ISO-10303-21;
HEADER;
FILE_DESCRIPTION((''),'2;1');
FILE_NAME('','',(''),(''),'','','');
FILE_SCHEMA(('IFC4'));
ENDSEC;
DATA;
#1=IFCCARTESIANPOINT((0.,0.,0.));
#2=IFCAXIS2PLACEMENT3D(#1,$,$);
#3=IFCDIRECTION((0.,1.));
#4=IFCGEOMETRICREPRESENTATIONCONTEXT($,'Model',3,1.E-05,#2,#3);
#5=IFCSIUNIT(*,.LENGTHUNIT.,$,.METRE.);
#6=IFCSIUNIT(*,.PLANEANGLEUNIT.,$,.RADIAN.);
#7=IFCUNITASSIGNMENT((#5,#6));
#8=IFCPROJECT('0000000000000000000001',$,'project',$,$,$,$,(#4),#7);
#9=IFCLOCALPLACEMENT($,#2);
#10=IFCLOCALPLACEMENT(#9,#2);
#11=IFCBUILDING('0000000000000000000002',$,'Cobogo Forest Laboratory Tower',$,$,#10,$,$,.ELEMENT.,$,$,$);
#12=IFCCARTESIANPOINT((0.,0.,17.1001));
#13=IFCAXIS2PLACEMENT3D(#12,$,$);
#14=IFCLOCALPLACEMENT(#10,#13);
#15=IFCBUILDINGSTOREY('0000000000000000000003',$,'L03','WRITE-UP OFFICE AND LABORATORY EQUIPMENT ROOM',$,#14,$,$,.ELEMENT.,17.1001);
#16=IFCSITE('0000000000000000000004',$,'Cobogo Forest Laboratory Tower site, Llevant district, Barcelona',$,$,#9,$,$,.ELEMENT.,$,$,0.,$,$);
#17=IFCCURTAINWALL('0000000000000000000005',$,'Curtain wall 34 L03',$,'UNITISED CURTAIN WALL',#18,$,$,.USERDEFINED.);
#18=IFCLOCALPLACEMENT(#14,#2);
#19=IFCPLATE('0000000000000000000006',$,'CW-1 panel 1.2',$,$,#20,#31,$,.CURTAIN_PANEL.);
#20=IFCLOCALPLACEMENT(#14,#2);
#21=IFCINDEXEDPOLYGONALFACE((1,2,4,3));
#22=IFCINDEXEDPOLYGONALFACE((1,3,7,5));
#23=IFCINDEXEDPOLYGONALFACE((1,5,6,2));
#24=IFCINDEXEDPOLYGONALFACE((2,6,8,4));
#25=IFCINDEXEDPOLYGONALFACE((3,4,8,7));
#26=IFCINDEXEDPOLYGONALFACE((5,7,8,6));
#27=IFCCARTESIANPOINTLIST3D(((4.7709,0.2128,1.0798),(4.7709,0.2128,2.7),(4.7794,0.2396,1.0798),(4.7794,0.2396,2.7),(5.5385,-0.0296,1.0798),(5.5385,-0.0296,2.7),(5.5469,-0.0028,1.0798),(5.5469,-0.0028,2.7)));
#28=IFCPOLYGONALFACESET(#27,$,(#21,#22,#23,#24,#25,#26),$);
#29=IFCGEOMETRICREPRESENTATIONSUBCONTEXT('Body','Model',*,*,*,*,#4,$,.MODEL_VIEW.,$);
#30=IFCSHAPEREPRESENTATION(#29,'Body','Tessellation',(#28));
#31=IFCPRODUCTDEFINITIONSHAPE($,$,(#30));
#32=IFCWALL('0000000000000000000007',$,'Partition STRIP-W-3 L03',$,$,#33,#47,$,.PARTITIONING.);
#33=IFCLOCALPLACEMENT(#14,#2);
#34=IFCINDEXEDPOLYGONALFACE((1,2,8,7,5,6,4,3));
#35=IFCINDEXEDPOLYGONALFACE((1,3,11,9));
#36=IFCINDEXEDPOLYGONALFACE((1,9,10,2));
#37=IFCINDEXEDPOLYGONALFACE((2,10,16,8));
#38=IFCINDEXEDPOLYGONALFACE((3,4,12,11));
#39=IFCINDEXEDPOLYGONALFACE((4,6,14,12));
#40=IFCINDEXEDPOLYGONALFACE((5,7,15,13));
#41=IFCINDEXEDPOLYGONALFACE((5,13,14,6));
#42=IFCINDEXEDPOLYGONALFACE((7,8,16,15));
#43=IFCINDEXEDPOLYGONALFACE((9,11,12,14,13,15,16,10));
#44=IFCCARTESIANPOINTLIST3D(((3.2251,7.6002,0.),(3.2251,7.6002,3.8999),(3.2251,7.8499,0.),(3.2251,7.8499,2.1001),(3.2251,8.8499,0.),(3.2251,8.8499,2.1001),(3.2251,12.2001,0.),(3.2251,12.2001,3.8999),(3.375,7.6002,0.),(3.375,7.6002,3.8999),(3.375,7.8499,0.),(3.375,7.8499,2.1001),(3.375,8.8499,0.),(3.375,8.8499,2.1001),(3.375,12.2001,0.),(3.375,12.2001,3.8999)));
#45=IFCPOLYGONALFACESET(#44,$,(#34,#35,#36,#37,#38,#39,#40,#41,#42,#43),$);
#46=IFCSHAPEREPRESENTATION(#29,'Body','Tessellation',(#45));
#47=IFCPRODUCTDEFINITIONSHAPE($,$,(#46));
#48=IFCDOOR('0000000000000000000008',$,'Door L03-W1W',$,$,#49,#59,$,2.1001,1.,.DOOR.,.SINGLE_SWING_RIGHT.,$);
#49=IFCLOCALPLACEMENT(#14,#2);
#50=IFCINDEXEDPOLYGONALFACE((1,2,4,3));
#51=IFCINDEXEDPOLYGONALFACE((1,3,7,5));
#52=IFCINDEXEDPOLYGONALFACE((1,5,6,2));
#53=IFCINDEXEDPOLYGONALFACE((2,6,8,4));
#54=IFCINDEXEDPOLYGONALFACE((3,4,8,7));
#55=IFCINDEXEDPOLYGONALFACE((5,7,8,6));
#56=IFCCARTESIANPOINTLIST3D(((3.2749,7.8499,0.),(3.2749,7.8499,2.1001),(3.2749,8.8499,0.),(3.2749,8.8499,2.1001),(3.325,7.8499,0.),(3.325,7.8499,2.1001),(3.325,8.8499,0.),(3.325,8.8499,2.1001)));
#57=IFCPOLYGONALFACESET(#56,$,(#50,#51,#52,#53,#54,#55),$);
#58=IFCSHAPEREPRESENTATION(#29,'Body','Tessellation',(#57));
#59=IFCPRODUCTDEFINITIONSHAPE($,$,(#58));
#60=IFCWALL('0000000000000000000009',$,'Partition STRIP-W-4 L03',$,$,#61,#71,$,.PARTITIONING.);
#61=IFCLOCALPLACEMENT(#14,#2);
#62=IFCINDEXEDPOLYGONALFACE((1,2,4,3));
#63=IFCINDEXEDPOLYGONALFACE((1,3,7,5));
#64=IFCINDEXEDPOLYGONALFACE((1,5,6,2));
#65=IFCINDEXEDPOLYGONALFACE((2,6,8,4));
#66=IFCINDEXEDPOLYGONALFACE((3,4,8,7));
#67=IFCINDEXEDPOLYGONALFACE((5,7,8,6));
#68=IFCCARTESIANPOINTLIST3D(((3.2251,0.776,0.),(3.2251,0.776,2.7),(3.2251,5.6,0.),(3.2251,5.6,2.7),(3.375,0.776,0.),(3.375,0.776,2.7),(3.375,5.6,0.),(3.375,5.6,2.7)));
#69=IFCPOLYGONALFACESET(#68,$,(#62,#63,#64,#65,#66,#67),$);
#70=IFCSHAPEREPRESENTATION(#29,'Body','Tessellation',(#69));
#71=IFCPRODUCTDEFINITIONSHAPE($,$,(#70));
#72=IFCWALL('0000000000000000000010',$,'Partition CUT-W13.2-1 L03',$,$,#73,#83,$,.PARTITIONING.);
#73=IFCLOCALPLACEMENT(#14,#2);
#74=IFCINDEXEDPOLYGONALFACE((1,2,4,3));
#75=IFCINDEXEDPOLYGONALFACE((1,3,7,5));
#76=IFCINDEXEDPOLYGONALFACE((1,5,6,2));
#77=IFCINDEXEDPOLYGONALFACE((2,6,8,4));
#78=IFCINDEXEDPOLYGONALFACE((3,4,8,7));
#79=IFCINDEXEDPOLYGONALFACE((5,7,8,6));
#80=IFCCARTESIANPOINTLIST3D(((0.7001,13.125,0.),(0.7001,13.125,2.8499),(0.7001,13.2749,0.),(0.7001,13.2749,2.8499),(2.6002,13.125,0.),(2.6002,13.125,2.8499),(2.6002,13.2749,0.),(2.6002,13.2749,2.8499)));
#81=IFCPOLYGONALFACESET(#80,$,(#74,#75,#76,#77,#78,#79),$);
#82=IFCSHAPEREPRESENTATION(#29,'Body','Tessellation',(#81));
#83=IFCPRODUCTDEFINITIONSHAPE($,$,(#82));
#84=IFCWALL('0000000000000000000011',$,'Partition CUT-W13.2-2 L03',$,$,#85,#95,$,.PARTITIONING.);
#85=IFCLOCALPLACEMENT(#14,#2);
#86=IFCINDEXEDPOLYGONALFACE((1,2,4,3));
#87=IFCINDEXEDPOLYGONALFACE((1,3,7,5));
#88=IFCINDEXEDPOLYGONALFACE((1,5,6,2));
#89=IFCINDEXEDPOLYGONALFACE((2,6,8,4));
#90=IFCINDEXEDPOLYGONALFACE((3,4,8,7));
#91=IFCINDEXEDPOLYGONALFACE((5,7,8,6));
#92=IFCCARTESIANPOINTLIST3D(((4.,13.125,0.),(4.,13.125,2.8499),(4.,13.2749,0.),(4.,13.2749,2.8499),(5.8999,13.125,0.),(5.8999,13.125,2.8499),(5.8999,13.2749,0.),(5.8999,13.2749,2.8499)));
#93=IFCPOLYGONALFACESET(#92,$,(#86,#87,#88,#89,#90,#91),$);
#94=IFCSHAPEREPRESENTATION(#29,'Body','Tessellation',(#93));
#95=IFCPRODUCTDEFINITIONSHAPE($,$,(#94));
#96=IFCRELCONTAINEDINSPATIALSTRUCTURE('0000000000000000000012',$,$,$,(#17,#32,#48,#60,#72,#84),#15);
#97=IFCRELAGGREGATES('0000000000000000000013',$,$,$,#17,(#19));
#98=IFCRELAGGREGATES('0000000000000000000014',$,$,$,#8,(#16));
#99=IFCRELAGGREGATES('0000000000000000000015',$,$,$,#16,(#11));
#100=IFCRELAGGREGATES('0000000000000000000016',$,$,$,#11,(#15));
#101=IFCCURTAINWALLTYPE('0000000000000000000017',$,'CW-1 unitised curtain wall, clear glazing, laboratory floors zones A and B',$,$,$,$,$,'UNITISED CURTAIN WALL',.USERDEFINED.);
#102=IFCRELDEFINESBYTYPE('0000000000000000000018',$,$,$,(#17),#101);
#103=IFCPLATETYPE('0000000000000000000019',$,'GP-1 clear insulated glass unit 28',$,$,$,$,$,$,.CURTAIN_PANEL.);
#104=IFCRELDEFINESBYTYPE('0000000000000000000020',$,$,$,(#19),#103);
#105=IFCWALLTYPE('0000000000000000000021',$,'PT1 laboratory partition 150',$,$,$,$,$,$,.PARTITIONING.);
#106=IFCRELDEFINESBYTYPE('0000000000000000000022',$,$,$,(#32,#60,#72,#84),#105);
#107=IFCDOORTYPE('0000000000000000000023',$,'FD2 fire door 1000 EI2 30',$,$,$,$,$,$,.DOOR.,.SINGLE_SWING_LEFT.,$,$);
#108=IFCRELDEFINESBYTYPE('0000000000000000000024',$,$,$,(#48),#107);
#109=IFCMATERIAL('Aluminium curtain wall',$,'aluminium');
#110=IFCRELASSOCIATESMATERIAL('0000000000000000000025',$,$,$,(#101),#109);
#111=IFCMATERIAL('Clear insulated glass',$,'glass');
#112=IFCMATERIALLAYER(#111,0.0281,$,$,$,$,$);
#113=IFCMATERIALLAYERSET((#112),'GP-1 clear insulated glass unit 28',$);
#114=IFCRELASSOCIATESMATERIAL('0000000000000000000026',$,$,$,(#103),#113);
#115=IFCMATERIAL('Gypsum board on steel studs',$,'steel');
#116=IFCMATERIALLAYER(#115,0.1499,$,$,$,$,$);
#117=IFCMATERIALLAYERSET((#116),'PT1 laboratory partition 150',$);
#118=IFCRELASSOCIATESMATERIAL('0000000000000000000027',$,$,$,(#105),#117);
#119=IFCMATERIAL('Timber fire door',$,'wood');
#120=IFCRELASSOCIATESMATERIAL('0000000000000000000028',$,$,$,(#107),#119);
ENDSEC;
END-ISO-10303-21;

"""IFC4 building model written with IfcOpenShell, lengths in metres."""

from ifc_helpers import new_model, si_unit, direction, frame, frame_2d, origin, origin_2d, place, context, subcontext, project, spatial, rectangle, extrude, material, layer, layer_set, type_object, element, fill, aggregate, save


model = new_model("IFC4")

# Units and contexts
model_context = context("Model", 3, precision=1e-05, world=origin(), true_north=direction((0.0, 1.0)))
body_context = subcontext(model_context, "Body", "Model", "MODEL_VIEW")
ifc_project = project(units=[si_unit("LENGTHUNIT", "METRE"), si_unit("PLANEANGLEUNIT", "RADIAN")], contexts=[model_context])

# Site, building, storey
site_placement = place(None, origin())
site = spatial("IfcSite", under=ifc_project, at=site_placement, Name="Cobogo Forest Laboratory Tower site, Llevant district, Barcelona", CompositionType="ELEMENT", RefElevation=0.0)
building_placement = place(site_placement, origin())
building = spatial("IfcBuilding", under=site, at=building_placement, Name="Cobogo Forest Laboratory Tower", CompositionType="ELEMENT")
storey_placement = place(building_placement, frame((0.0, 0.0, 17.1001)))
storey = spatial("IfcBuildingStorey", under=building, at=storey_placement, Name="L03", Description="WRITE-UP OFFICE AND LABORATORY EQUIPMENT ROOM", CompositionType="ELEMENT", Elevation=17.1001)

# Shared definitions
ifc_material_1 = material(Name="Aluminium curtain wall", Category="aluminium")
curtain_wall_type = type_object("IfcCurtainWallType", Name="CW-1 unitised curtain wall, clear glazing, laboratory floors zones A and B", ElementType="UNITISED CURTAIN WALL", PredefinedType="USERDEFINED", material=ifc_material_1)

# Curtain wall
curtain_wall_1_placement = place(storey_placement, origin())
curtain_wall_1 = element("IfcCurtainWall", 1, at=curtain_wall_1_placement, inside=storey, type_object=curtain_wall_type, Name="Curtain wall 34 L03", ObjectType="UNITISED CURTAIN WALL", PredefinedType="USERDEFINED")

# Plate
ifc_material_2 = material(Name="Clear insulated glass", Category="glass")
ifc_layer_1 = layer(ifc_material_2, 0.0281)
ifc_layer_set_1 = layer_set([ifc_layer_1], Name="GP-1 clear insulated glass unit 28")
plate_type = type_object("IfcPlateType", Name="GP-1 clear insulated glass unit 28", PredefinedType="CURTAIN_PANEL", material=ifc_layer_set_1)
plate_1_placement = place(storey_placement, frame((5.1589, 0.105, 1.0798), z_axis=(0.0, 0.0, 1.0), x_axis=(0.953581, -0.301135, 0.0)))
plate_1 = element("IfcPlate", 2, at=plate_1_placement, type_object=plate_type, Name="CW-1 panel 1.2", PredefinedType="CURTAIN_PANEL", context=body_context, shape_type="SweptSolid", body=[
    extrude(rectangle(XDim=0.8049, YDim=0.0281, at=origin_2d()), origin(), (0.0, 0.0, 1.0), 1.6201),
])
aggregate(curtain_wall_1, [plate_1])

# Wall, opening, door
ifc_material_3 = material(Name="Gypsum board on steel studs", Category="steel")
ifc_layer_2 = layer(ifc_material_3, 0.1499)
ifc_layer_set_2 = layer_set([ifc_layer_2], Name="PT1 laboratory partition 150")
wall_type = type_object("IfcWallType", Name="PT1 laboratory partition 150", PredefinedType="PARTITIONING", material=ifc_layer_set_2)
wall_1_placement = place(storey_placement, frame((3.3, 12.2, 0.0), z_axis=(0.0, 0.0, 1.0), x_axis=(0.0, -1.0, 0.0)))
wall_1 = element("IfcWall", 3, at=wall_1_placement, inside=storey, type_object=wall_type, Name="Partition STRIP-W-3 L03", PredefinedType="PARTITIONING", context=body_context, shape_type="SweptSolid", body=[
    extrude(rectangle(XDim=4.5999, YDim=0.1499, at=frame_2d((2.2998, 0.0))), origin(), (0.0, 0.0, 1.0), 3.8999),
])
opening_placement = place(wall_1_placement, frame((3.3501, 0.0, 0.0)))
opening = element("IfcOpeningElement", 4, at=opening_placement, cuts=wall_1, PredefinedType="OPENING", context=body_context, shape_type="SweptSolid", body=[
    extrude(rectangle(XDim=1.0, YDim=2.1001, at=frame_2d((0.5, 1.05))), frame((0.0, 0.085, 0.0), z_axis=(0.0, -1.0, 0.0), x_axis=(1.0, 0.0, 0.0)), (0.0, 0.0, 1.0), 0.1699),
])
ifc_material_4 = material(Name="Timber fire door", Category="wood")
door_type = type_object("IfcDoorType", Name="FD2 fire door 1000 EI2 30", OperationType="SINGLE_SWING_LEFT", PredefinedType="DOOR", material=ifc_material_4)
door_placement = place(opening_placement, origin())
door = element("IfcDoor", 5, at=door_placement, inside=storey, type_object=door_type, Name="Door L03-W1W", OperationType="SINGLE_SWING_RIGHT", OverallHeight=2.1001, OverallWidth=1.0, PredefinedType="DOOR", context=body_context, shape_type="SweptSolid", body=[
    extrude(rectangle(XDim=1.0, YDim=2.1001, at=frame_2d((0.5, 1.05))), frame((0.0, 0.0249, 0.0), z_axis=(0.0, -1.0, 0.0), x_axis=(1.0, 0.0, 0.0)), (0.0, 0.0, 1.0), 0.05),
])
fill(opening, door)

# Walls
wall_2_placement = place(storey_placement, frame((3.3, 5.6001, 0.0), z_axis=(0.0, 0.0, 1.0), x_axis=(0.0, -1.0, 0.0)))
element("IfcWall", 6, at=wall_2_placement, inside=storey, type_object=wall_type, Name="Partition STRIP-W-4 L03", PredefinedType="PARTITIONING", context=body_context, shape_type="SweptSolid", body=[
    extrude(rectangle(XDim=4.824, YDim=0.1499, at=frame_2d((2.4121, 0.0))), origin(), (0.0, 0.0, 1.0), 2.7),
])
wall_3_placement = place(storey_placement, frame((0.7, 13.2, 0.0), z_axis=(0.0, 0.0, 1.0), x_axis=(1.0, 0.0, 0.0)))
element("IfcWall", 7, at=wall_3_placement, inside=storey, type_object=wall_type, Name="Partition CUT-W13.2-1 L03", PredefinedType="PARTITIONING", context=body_context, shape_type="SweptSolid", body=[
    extrude(rectangle(XDim=1.9001, YDim=0.1499, at=frame_2d((0.9502, 0.0))), origin(), (0.0, 0.0, 1.0), 2.8499),
])
wall_4_placement = place(storey_placement, frame((4.0, 13.2, 0.0), z_axis=(0.0, 0.0, 1.0), x_axis=(1.0, 0.0, 0.0)))
element("IfcWall", 8, at=wall_4_placement, inside=storey, type_object=wall_type, Name="Partition CUT-W13.2-2 L03", PredefinedType="PARTITIONING", context=body_context, shape_type="SweptSolid", body=[
    extrude(rectangle(XDim=1.8999, YDim=0.1499, at=frame_2d((0.95, 0.0))), origin(), (0.0, 0.0, 1.0), 2.8499),
])

save(model, "model.ifc")
